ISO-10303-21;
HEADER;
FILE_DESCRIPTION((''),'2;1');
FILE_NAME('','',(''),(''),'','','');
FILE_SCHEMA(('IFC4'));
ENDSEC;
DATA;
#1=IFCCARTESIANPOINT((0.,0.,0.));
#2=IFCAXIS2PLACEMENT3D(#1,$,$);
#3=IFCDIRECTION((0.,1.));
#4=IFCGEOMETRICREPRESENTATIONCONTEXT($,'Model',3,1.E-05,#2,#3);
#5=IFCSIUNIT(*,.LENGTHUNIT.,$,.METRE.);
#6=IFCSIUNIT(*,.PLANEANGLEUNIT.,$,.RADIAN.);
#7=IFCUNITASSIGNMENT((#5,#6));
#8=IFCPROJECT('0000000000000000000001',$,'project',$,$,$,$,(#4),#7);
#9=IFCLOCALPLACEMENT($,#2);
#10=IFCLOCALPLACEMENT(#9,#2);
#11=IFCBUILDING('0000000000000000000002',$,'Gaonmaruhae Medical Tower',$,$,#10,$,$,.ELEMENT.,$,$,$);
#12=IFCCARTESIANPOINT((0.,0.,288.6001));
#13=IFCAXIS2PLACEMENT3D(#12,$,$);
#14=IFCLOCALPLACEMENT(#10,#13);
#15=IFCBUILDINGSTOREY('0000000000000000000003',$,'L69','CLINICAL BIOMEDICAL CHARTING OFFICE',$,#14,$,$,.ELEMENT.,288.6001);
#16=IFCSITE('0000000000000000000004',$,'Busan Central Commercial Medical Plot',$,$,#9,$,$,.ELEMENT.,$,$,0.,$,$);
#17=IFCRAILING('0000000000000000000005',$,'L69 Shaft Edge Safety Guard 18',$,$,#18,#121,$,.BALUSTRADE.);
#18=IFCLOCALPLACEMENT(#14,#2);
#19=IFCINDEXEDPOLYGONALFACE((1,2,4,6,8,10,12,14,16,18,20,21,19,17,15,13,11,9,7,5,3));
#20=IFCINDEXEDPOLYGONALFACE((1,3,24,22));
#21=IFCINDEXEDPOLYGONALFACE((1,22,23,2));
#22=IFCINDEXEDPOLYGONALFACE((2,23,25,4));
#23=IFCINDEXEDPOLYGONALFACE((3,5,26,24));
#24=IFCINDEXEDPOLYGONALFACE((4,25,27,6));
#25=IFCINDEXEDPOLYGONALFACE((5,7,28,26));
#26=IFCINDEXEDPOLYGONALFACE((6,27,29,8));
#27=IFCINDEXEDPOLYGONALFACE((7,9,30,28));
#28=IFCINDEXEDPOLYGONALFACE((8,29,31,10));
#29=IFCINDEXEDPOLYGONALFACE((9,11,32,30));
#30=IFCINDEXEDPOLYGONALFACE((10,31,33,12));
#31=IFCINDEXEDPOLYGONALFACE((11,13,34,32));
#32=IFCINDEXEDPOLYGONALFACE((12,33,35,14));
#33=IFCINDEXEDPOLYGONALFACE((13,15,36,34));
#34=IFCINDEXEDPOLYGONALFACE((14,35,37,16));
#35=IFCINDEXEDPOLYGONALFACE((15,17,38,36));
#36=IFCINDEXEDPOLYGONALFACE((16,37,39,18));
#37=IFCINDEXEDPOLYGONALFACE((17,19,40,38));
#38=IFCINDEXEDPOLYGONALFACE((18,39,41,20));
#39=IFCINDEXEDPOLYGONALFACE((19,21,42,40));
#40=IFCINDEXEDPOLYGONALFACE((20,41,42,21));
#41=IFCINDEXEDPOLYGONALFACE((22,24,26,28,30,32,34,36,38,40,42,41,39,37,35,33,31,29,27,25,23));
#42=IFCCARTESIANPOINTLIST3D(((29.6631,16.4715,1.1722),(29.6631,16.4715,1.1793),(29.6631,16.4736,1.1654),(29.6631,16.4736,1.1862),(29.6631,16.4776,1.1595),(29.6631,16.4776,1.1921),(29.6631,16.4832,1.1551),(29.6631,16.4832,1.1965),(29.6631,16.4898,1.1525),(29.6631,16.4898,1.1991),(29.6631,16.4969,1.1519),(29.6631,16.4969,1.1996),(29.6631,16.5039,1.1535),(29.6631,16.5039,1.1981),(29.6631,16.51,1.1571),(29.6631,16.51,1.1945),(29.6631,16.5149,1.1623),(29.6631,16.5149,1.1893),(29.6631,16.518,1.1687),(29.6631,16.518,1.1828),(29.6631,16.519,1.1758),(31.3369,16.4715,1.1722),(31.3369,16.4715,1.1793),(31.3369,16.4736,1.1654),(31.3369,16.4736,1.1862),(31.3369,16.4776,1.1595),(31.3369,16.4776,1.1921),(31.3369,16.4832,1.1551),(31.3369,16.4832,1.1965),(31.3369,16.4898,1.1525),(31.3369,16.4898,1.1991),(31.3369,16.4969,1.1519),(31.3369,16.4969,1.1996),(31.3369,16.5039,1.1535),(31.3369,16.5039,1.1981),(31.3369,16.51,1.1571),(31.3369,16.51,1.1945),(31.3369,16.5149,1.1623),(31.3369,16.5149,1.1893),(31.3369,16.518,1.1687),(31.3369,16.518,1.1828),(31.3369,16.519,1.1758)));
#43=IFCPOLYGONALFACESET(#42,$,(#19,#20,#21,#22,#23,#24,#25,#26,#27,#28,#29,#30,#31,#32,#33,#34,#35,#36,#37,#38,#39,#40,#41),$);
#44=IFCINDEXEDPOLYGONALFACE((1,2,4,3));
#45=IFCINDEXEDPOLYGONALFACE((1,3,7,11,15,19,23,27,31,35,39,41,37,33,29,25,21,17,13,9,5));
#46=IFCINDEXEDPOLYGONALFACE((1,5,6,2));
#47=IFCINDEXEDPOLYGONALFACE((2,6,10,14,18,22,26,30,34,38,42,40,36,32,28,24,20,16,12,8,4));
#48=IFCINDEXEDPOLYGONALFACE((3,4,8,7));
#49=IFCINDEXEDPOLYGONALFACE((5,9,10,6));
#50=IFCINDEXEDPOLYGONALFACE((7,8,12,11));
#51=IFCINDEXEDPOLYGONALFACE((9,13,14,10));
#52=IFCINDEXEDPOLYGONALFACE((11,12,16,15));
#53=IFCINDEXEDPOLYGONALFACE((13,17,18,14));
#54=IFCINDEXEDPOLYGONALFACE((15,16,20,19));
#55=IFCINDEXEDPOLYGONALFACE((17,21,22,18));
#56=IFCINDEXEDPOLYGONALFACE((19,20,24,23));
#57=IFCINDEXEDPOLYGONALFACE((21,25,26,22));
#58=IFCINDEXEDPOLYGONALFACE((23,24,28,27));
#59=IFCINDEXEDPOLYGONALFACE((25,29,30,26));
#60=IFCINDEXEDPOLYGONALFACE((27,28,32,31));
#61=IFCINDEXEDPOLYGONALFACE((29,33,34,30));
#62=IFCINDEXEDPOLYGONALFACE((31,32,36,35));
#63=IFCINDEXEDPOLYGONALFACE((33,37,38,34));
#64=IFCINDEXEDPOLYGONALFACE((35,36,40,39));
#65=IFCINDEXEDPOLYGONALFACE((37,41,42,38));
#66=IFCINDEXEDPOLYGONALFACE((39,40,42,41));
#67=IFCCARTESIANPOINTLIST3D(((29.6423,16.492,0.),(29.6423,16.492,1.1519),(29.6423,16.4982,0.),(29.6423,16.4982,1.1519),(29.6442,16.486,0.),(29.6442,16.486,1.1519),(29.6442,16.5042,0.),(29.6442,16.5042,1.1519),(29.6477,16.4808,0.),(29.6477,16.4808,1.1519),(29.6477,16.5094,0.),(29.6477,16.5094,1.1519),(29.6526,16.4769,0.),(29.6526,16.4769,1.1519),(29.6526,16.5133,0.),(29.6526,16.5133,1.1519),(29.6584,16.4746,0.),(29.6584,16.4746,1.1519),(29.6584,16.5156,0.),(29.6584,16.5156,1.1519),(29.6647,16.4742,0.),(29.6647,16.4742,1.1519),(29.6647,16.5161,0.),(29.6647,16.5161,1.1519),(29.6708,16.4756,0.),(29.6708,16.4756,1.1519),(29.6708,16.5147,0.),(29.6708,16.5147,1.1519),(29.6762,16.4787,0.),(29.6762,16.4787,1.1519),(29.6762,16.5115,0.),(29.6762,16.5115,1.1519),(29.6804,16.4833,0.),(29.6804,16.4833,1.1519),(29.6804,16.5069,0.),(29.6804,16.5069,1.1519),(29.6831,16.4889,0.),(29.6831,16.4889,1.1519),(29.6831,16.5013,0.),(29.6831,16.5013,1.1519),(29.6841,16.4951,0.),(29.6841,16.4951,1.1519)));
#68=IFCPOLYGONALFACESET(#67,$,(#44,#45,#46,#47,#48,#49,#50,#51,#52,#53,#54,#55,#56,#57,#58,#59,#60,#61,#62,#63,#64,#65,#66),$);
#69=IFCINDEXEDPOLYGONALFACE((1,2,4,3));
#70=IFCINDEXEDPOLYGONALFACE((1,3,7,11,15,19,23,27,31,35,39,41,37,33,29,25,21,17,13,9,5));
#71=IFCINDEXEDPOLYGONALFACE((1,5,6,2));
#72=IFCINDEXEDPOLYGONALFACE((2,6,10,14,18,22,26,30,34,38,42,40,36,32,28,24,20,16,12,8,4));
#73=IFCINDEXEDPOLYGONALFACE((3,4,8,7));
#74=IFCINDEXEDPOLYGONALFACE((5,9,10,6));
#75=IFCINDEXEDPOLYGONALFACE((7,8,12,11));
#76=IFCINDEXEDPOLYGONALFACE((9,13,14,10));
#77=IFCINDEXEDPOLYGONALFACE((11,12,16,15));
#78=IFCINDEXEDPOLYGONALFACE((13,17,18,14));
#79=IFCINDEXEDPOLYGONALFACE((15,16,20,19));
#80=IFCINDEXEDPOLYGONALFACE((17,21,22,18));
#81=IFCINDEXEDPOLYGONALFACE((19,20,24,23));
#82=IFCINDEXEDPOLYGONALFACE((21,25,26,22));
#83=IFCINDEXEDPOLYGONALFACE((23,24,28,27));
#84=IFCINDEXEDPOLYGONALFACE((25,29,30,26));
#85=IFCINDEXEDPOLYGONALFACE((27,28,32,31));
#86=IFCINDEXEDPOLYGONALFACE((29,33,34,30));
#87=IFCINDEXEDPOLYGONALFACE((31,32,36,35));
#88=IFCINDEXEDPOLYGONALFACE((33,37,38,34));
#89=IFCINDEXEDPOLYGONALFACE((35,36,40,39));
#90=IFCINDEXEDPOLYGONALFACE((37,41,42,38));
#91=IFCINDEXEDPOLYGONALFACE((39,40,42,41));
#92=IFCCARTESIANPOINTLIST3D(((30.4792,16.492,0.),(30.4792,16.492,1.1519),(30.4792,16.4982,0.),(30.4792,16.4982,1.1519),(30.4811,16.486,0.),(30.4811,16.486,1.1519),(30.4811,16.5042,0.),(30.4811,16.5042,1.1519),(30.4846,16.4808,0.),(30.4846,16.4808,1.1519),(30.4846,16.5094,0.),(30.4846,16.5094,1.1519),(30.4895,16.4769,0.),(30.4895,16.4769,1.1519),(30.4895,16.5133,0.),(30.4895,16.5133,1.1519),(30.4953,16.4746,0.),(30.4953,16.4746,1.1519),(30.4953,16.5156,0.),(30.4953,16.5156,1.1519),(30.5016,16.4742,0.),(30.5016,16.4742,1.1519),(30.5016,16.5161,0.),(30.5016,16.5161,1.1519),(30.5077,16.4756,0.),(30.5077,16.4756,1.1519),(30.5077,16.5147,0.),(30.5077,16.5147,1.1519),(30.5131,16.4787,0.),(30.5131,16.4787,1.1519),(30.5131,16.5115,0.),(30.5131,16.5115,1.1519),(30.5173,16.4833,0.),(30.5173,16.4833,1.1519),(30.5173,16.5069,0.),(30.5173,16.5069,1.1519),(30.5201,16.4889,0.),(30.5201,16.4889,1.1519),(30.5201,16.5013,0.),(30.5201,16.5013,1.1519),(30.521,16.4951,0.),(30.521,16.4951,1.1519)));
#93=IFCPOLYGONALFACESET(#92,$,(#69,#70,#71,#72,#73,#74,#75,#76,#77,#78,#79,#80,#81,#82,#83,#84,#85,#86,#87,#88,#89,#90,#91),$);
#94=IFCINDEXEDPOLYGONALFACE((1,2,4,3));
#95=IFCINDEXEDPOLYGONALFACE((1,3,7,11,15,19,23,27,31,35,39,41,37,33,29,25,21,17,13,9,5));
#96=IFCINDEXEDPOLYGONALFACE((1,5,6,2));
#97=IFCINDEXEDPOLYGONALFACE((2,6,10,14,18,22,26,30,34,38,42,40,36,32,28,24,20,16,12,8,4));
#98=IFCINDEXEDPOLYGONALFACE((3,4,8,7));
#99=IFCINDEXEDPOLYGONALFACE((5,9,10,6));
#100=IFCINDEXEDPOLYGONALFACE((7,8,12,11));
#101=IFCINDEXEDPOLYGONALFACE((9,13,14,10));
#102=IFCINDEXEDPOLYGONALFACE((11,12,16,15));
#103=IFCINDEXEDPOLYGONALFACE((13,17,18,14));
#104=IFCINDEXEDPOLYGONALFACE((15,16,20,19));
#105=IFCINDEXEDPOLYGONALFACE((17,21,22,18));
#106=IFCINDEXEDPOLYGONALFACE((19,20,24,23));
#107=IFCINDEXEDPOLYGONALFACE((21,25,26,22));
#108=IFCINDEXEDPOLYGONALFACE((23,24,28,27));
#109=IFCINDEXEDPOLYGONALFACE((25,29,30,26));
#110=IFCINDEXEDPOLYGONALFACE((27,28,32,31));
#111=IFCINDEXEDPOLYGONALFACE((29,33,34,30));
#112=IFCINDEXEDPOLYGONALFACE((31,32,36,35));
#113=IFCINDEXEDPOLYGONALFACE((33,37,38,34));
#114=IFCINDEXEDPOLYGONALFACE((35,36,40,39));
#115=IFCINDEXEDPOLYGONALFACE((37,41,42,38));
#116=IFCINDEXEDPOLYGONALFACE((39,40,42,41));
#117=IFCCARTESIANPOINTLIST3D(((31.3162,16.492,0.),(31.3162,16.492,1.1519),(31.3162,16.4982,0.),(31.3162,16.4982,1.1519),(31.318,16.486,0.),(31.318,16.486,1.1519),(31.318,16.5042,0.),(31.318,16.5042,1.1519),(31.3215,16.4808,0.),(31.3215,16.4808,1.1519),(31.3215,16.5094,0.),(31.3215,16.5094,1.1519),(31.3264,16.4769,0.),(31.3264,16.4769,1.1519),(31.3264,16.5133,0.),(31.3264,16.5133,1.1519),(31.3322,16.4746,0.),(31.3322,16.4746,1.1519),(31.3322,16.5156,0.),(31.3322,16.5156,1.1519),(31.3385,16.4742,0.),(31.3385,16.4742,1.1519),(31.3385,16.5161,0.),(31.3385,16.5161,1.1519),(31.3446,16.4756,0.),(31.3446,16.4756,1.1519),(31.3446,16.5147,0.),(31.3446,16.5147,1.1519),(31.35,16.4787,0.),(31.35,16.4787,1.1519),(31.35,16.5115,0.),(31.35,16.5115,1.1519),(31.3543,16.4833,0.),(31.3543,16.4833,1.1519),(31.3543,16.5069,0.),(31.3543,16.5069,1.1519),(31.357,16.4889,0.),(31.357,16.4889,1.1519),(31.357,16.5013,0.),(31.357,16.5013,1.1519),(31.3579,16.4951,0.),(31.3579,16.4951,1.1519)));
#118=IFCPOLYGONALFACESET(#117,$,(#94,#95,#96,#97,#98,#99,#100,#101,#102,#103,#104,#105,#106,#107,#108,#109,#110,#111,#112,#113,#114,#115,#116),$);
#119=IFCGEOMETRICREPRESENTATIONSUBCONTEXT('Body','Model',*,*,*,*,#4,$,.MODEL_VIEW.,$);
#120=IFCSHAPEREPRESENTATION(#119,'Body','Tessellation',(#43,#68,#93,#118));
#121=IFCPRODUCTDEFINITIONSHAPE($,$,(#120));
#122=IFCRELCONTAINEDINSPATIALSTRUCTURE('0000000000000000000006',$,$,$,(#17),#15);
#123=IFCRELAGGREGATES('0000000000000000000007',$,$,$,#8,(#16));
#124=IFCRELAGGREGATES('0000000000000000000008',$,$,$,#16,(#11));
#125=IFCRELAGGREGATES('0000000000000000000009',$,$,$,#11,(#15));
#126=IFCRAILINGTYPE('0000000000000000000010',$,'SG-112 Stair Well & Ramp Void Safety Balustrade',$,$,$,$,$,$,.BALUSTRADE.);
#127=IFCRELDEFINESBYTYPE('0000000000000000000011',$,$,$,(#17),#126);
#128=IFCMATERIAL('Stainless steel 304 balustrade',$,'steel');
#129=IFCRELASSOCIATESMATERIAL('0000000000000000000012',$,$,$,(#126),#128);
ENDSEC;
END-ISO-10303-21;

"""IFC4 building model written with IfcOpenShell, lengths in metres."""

from ifc_helpers import new_model, si_unit, direction, frame, origin, origin_2d, place, context, subcontext, project, spatial, circle, extrude, material, type_object, element, save


model = new_model("IFC4")

# Units and contexts
model_context = context("Model", 3, precision=1e-05, world=origin(), true_north=direction((0.0, 1.0)))
body_context = subcontext(model_context, "Body", "Model", "MODEL_VIEW")
ifc_project = project(units=[si_unit("LENGTHUNIT", "METRE"), si_unit("PLANEANGLEUNIT", "RADIAN")], contexts=[model_context])

# Site, building, storey
site_placement = place(None, origin())
site = spatial("IfcSite", under=ifc_project, at=site_placement, Name="Busan Central Commercial Medical Plot", CompositionType="ELEMENT", RefElevation=0.0)
building_placement = place(site_placement, origin())
building = spatial("IfcBuilding", under=site, at=building_placement, Name="Gaonmaruhae Medical Tower", CompositionType="ELEMENT")
storey_placement = place(building_placement, frame((0.0, 0.0, 288.6001)))
storey = spatial("IfcBuildingStorey", under=building, at=storey_placement, Name="L69", Description="CLINICAL BIOMEDICAL CHARTING OFFICE", CompositionType="ELEMENT", Elevation=288.6001)

# Railing
ifc_material_1 = material(Name="Stainless steel 304 balustrade", Category="steel")
railing_type_1 = type_object("IfcRailingType", Name="SG-112 Stair Well & Ramp Void Safety Balustrade", PredefinedType="BALUSTRADE", material=ifc_material_1)
railing_1_placement = place(storey_placement, frame((29.6631, 16.4951, 0.0)))
element("IfcRailing", 1, at=railing_1_placement, inside=storey, type_object=railing_type_1, Name="L69 Shaft Edge Safety Guard 18", PredefinedType="BALUSTRADE", context=body_context, shape_type="SweptSolid", body=[
    extrude(circle(Radius=0.0239, at=origin_2d()), frame((0.0, 0.0, 1.1758), z_axis=(1.0, 0.0, 0.0), x_axis=(0.0, 1.0, 0.0)), (0.0, 0.0, 1.0), 1.6738),
    extrude(circle(Radius=0.021, at=origin_2d()), origin(), (0.0, 0.0, 1.0), 1.1519),
    extrude(circle(Radius=0.021, at=origin_2d()), frame((0.8369, 0.0, 0.0)), (0.0, 0.0, 1.0), 1.1519),
    extrude(circle(Radius=0.021, at=origin_2d()), frame((1.6738, 0.0, 0.0)), (0.0, 0.0, 1.0), 1.1519),
])

save(model, "model.ifc")
